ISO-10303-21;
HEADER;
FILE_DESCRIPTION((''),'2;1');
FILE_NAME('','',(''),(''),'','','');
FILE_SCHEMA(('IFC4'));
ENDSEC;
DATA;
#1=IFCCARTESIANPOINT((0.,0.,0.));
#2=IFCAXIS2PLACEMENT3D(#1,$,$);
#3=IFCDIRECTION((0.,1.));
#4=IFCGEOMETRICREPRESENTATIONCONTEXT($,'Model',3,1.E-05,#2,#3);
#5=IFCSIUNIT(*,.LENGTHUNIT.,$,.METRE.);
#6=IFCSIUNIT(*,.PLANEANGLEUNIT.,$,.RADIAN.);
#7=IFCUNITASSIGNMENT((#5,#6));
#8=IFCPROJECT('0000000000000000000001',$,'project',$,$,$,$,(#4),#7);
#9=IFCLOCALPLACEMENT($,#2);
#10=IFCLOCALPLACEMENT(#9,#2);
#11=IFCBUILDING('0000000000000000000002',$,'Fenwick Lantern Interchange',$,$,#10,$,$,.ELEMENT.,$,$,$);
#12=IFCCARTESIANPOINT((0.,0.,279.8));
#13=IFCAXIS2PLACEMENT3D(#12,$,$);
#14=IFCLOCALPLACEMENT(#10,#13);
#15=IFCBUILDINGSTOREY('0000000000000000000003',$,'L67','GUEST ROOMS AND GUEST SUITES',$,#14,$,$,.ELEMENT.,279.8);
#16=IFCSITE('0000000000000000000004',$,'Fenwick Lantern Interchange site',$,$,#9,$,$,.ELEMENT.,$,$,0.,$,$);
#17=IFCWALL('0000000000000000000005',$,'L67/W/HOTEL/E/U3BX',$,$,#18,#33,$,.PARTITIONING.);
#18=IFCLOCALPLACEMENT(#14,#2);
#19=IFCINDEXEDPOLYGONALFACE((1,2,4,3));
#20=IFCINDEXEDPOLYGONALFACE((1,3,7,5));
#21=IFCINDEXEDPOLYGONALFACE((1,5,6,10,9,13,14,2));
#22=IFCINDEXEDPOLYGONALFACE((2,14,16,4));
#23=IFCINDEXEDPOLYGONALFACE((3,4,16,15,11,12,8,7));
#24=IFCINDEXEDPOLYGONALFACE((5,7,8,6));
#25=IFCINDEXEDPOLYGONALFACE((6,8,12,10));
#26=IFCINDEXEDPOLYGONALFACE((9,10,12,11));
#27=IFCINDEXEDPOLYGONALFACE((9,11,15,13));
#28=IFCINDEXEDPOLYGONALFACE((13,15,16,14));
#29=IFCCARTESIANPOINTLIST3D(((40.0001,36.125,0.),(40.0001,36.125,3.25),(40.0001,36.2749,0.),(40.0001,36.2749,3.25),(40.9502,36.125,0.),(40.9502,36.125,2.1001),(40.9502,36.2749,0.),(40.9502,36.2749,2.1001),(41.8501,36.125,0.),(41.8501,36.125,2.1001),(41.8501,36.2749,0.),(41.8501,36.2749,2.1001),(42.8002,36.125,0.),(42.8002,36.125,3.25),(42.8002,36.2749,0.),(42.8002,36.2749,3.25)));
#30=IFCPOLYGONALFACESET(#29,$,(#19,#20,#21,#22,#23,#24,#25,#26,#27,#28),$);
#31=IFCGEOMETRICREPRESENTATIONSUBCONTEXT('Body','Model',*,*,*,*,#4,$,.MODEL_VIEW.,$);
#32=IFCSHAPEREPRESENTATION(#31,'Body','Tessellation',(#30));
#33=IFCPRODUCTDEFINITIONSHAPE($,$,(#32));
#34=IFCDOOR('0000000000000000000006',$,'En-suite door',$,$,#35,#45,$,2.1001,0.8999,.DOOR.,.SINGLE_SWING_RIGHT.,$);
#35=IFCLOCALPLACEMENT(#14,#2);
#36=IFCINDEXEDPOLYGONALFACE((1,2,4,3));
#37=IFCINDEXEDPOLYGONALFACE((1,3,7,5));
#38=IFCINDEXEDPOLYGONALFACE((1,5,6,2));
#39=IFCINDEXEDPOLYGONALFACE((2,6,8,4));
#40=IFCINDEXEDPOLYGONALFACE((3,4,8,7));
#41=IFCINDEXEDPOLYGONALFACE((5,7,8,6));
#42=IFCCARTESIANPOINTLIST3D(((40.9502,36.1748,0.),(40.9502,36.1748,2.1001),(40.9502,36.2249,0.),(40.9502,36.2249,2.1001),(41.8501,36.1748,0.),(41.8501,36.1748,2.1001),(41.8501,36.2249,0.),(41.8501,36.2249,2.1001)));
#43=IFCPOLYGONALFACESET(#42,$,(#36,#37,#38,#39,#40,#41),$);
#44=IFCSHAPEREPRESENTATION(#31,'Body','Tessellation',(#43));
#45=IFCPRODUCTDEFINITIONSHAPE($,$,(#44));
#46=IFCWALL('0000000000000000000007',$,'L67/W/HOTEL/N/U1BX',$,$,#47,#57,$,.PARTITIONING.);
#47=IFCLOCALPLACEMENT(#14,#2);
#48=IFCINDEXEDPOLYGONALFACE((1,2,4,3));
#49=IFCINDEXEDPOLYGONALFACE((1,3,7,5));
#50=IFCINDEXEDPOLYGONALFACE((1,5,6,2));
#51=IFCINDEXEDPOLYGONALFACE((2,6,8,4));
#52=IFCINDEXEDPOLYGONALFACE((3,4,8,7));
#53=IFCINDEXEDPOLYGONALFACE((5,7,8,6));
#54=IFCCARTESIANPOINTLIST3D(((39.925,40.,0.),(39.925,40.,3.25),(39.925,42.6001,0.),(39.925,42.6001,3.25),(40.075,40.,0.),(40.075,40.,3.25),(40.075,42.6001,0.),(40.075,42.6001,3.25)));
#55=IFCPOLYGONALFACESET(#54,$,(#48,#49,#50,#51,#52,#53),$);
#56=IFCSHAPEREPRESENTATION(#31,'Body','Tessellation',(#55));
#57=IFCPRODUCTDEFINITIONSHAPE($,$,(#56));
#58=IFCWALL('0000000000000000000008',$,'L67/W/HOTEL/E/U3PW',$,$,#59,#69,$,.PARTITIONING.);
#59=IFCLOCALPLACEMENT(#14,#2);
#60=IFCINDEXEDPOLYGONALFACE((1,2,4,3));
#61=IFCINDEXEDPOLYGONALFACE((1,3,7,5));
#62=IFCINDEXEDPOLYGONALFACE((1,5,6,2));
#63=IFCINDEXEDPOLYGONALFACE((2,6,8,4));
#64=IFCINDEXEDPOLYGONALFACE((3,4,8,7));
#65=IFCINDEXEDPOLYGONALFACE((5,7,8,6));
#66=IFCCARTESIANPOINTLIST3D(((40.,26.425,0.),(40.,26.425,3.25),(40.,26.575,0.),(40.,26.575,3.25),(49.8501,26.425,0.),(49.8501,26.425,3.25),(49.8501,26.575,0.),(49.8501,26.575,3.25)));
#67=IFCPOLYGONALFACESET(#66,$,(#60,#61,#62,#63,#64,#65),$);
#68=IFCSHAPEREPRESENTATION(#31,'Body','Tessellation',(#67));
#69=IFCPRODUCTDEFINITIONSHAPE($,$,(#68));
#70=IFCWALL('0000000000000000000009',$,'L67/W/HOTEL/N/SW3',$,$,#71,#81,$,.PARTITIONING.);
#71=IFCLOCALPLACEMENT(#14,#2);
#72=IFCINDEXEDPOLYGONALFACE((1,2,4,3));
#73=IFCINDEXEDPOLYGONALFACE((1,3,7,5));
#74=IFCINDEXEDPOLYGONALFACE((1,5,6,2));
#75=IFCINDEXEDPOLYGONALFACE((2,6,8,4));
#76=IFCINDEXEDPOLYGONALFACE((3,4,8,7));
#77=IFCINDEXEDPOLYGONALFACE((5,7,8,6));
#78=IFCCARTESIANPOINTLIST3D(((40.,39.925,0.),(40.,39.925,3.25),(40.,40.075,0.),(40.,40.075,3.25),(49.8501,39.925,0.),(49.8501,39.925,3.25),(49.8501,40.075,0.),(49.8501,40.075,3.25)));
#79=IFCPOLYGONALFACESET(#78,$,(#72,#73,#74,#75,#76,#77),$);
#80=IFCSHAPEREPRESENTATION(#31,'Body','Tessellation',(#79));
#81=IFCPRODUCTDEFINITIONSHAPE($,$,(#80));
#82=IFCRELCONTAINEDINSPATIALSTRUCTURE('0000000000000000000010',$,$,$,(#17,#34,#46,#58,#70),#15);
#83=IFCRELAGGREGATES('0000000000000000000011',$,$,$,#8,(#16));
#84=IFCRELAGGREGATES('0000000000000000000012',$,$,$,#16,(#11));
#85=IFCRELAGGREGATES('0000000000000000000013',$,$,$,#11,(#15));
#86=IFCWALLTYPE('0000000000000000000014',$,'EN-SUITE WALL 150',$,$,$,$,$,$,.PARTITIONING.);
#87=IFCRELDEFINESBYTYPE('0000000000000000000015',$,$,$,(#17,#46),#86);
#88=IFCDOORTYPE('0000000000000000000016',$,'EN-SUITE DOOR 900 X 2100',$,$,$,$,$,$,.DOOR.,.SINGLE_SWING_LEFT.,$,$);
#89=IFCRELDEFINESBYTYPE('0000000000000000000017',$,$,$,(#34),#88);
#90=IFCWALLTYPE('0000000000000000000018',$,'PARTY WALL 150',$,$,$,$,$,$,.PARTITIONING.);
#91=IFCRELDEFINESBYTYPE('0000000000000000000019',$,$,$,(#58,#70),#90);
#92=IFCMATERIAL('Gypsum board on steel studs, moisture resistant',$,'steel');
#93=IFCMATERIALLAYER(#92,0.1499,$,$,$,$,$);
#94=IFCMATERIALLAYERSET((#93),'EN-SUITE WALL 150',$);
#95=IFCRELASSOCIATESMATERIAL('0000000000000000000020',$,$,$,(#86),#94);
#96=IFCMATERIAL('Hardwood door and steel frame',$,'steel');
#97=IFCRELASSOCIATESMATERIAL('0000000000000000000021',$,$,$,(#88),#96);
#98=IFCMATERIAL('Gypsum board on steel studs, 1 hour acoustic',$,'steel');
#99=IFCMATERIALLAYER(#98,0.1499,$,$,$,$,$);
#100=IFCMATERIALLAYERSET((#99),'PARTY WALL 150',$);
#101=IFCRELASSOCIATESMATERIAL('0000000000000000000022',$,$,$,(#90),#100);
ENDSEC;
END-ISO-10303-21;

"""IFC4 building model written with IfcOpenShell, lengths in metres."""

from ifc_helpers import new_model, si_unit, direction, frame, frame_2d, origin, place, context, subcontext, project, spatial, rectangle, extrude, material, layer, layer_set, type_object, element, fill, save


model = new_model("IFC4")

# Units and contexts
model_context = context("Model", 3, precision=1e-05, world=origin(), true_north=direction((0.0, 1.0)))
body_context = subcontext(model_context, "Body", "Model", "MODEL_VIEW")
ifc_project = project(units=[si_unit("LENGTHUNIT", "METRE"), si_unit("PLANEANGLEUNIT", "RADIAN")], contexts=[model_context])

# Site, building, storey
site_placement = place(None, origin())
site = spatial("IfcSite", under=ifc_project, at=site_placement, Name="Fenwick Lantern Interchange site", CompositionType="ELEMENT", RefElevation=0.0)
building_placement = place(site_placement, origin())
building = spatial("IfcBuilding", under=site, at=building_placement, Name="Fenwick Lantern Interchange", CompositionType="ELEMENT")
storey_placement = place(building_placement, frame((0.0, 0.0, 279.8)))
storey = spatial("IfcBuildingStorey", under=building, at=storey_placement, Name="L67", Description="GUEST ROOMS AND GUEST SUITES", CompositionType="ELEMENT", Elevation=279.8)

# Shared definitions
ifc_material_1 = material(Name="Gypsum board on steel studs, moisture resistant", Category="steel")
ifc_layer_1 = layer(ifc_material_1, 0.1499)
ifc_layer_set_1 = layer_set([ifc_layer_1], Name="EN-SUITE WALL 150")
wall_type_1 = type_object("IfcWallType", Name="EN-SUITE WALL 150", PredefinedType="PARTITIONING", material=ifc_layer_set_1)

# Wall, opening, door
wall_1_placement = place(storey_placement, frame((42.8, 36.2, 0.0), z_axis=(0.0, 0.0, 1.0), x_axis=(-1.0, 0.0, 0.0)))
wall_1 = element("IfcWall", 1, at=wall_1_placement, inside=storey, type_object=wall_type_1, Name="L67/W/HOTEL/E/U3BX", PredefinedType="PARTITIONING", context=body_context, shape_type="SweptSolid", body=[
    extrude(rectangle(XDim=2.8, YDim=0.1499, at=frame_2d((1.3999, 0.0))), origin(), (0.0, 0.0, 1.0), 3.25),
])
opening_placement = place(wall_1_placement, frame((0.95, 0.0, 0.0)))
opening = element("IfcOpeningElement", 2, at=opening_placement, cuts=wall_1, PredefinedType="OPENING", context=body_context, shape_type="SweptSolid", body=[
    extrude(rectangle(XDim=0.8999, YDim=2.1001, at=frame_2d((0.45, 1.05))), frame((0.0, 0.085, 0.0), z_axis=(0.0, -1.0, 0.0), x_axis=(1.0, 0.0, 0.0)), (0.0, 0.0, 1.0), 0.1699),
])
ifc_material_2 = material(Name="Hardwood door and steel frame", Category="steel")
door_type = type_object("IfcDoorType", Name="EN-SUITE DOOR 900 X 2100", OperationType="SINGLE_SWING_LEFT", PredefinedType="DOOR", material=ifc_material_2)
door_placement = place(opening_placement, frame((0.8999, 0.0, 0.0), z_axis=(0.0, 0.0, 1.0), x_axis=(-1.0, 0.0, 0.0)))
door = element("IfcDoor", 3, at=door_placement, inside=storey, type_object=door_type, Name="En-suite door", OperationType="SINGLE_SWING_RIGHT", OverallHeight=2.1001, OverallWidth=0.8999, PredefinedType="DOOR", context=body_context, shape_type="SweptSolid", body=[
    extrude(rectangle(XDim=0.8999, YDim=2.1001, at=frame_2d((0.45, 1.05))), frame((0.0, 0.0249, 0.0), z_axis=(0.0, -1.0, 0.0), x_axis=(1.0, 0.0, 0.0)), (0.0, 0.0, 1.0), 0.05),
])
fill(opening, door)

# Walls
wall_2_placement = place(storey_placement, frame((40.0, 42.6001, 0.0), z_axis=(0.0, 0.0, 1.0), x_axis=(0.0, -1.0, 0.0)))
element("IfcWall", 4, at=wall_2_placement, inside=storey, type_object=wall_type_1, Name="L67/W/HOTEL/N/U1BX", PredefinedType="PARTITIONING", context=body_context, shape_type="SweptSolid", body=[
    extrude(rectangle(XDim=2.6001, YDim=0.1499, at=frame_2d((1.3, 0.0))), origin(), (0.0, 0.0, 1.0), 3.25),
])
ifc_material_3 = material(Name="Gypsum board on steel studs, 1 hour acoustic", Category="steel")
ifc_layer_2 = layer(ifc_material_3, 0.1499)
ifc_layer_set_2 = layer_set([ifc_layer_2], Name="PARTY WALL 150")
wall_type_2 = type_object("IfcWallType", Name="PARTY WALL 150", PredefinedType="PARTITIONING", material=ifc_layer_set_2)
for number, where, z_axis, x_axis, name in (
    (5, (49.8501, 26.5, 0.0), (0.0, 0.0, 1.0), (-1.0, 0.0, 0.0), "L67/W/HOTEL/E/U3PW"),
    (6, (49.8501, 40.0, 0.0), (0.0, 0.0, 1.0), (-1.0, 0.0, 0.0), "L67/W/HOTEL/N/SW3"),
):
    element("IfcWall", number, at=place(storey_placement, frame(where, z_axis=z_axis, x_axis=x_axis)), inside=storey, type_object=wall_type_2, Name=name, PredefinedType="PARTITIONING", context=body_context, shape_type="SweptSolid", body=[
        extrude(rectangle(XDim=9.8501, YDim=0.1499, at=frame_2d((4.925, 0.0))), origin(), (0.0, 0.0, 1.0), 3.25),
    ])

save(model, "model.ifc")
